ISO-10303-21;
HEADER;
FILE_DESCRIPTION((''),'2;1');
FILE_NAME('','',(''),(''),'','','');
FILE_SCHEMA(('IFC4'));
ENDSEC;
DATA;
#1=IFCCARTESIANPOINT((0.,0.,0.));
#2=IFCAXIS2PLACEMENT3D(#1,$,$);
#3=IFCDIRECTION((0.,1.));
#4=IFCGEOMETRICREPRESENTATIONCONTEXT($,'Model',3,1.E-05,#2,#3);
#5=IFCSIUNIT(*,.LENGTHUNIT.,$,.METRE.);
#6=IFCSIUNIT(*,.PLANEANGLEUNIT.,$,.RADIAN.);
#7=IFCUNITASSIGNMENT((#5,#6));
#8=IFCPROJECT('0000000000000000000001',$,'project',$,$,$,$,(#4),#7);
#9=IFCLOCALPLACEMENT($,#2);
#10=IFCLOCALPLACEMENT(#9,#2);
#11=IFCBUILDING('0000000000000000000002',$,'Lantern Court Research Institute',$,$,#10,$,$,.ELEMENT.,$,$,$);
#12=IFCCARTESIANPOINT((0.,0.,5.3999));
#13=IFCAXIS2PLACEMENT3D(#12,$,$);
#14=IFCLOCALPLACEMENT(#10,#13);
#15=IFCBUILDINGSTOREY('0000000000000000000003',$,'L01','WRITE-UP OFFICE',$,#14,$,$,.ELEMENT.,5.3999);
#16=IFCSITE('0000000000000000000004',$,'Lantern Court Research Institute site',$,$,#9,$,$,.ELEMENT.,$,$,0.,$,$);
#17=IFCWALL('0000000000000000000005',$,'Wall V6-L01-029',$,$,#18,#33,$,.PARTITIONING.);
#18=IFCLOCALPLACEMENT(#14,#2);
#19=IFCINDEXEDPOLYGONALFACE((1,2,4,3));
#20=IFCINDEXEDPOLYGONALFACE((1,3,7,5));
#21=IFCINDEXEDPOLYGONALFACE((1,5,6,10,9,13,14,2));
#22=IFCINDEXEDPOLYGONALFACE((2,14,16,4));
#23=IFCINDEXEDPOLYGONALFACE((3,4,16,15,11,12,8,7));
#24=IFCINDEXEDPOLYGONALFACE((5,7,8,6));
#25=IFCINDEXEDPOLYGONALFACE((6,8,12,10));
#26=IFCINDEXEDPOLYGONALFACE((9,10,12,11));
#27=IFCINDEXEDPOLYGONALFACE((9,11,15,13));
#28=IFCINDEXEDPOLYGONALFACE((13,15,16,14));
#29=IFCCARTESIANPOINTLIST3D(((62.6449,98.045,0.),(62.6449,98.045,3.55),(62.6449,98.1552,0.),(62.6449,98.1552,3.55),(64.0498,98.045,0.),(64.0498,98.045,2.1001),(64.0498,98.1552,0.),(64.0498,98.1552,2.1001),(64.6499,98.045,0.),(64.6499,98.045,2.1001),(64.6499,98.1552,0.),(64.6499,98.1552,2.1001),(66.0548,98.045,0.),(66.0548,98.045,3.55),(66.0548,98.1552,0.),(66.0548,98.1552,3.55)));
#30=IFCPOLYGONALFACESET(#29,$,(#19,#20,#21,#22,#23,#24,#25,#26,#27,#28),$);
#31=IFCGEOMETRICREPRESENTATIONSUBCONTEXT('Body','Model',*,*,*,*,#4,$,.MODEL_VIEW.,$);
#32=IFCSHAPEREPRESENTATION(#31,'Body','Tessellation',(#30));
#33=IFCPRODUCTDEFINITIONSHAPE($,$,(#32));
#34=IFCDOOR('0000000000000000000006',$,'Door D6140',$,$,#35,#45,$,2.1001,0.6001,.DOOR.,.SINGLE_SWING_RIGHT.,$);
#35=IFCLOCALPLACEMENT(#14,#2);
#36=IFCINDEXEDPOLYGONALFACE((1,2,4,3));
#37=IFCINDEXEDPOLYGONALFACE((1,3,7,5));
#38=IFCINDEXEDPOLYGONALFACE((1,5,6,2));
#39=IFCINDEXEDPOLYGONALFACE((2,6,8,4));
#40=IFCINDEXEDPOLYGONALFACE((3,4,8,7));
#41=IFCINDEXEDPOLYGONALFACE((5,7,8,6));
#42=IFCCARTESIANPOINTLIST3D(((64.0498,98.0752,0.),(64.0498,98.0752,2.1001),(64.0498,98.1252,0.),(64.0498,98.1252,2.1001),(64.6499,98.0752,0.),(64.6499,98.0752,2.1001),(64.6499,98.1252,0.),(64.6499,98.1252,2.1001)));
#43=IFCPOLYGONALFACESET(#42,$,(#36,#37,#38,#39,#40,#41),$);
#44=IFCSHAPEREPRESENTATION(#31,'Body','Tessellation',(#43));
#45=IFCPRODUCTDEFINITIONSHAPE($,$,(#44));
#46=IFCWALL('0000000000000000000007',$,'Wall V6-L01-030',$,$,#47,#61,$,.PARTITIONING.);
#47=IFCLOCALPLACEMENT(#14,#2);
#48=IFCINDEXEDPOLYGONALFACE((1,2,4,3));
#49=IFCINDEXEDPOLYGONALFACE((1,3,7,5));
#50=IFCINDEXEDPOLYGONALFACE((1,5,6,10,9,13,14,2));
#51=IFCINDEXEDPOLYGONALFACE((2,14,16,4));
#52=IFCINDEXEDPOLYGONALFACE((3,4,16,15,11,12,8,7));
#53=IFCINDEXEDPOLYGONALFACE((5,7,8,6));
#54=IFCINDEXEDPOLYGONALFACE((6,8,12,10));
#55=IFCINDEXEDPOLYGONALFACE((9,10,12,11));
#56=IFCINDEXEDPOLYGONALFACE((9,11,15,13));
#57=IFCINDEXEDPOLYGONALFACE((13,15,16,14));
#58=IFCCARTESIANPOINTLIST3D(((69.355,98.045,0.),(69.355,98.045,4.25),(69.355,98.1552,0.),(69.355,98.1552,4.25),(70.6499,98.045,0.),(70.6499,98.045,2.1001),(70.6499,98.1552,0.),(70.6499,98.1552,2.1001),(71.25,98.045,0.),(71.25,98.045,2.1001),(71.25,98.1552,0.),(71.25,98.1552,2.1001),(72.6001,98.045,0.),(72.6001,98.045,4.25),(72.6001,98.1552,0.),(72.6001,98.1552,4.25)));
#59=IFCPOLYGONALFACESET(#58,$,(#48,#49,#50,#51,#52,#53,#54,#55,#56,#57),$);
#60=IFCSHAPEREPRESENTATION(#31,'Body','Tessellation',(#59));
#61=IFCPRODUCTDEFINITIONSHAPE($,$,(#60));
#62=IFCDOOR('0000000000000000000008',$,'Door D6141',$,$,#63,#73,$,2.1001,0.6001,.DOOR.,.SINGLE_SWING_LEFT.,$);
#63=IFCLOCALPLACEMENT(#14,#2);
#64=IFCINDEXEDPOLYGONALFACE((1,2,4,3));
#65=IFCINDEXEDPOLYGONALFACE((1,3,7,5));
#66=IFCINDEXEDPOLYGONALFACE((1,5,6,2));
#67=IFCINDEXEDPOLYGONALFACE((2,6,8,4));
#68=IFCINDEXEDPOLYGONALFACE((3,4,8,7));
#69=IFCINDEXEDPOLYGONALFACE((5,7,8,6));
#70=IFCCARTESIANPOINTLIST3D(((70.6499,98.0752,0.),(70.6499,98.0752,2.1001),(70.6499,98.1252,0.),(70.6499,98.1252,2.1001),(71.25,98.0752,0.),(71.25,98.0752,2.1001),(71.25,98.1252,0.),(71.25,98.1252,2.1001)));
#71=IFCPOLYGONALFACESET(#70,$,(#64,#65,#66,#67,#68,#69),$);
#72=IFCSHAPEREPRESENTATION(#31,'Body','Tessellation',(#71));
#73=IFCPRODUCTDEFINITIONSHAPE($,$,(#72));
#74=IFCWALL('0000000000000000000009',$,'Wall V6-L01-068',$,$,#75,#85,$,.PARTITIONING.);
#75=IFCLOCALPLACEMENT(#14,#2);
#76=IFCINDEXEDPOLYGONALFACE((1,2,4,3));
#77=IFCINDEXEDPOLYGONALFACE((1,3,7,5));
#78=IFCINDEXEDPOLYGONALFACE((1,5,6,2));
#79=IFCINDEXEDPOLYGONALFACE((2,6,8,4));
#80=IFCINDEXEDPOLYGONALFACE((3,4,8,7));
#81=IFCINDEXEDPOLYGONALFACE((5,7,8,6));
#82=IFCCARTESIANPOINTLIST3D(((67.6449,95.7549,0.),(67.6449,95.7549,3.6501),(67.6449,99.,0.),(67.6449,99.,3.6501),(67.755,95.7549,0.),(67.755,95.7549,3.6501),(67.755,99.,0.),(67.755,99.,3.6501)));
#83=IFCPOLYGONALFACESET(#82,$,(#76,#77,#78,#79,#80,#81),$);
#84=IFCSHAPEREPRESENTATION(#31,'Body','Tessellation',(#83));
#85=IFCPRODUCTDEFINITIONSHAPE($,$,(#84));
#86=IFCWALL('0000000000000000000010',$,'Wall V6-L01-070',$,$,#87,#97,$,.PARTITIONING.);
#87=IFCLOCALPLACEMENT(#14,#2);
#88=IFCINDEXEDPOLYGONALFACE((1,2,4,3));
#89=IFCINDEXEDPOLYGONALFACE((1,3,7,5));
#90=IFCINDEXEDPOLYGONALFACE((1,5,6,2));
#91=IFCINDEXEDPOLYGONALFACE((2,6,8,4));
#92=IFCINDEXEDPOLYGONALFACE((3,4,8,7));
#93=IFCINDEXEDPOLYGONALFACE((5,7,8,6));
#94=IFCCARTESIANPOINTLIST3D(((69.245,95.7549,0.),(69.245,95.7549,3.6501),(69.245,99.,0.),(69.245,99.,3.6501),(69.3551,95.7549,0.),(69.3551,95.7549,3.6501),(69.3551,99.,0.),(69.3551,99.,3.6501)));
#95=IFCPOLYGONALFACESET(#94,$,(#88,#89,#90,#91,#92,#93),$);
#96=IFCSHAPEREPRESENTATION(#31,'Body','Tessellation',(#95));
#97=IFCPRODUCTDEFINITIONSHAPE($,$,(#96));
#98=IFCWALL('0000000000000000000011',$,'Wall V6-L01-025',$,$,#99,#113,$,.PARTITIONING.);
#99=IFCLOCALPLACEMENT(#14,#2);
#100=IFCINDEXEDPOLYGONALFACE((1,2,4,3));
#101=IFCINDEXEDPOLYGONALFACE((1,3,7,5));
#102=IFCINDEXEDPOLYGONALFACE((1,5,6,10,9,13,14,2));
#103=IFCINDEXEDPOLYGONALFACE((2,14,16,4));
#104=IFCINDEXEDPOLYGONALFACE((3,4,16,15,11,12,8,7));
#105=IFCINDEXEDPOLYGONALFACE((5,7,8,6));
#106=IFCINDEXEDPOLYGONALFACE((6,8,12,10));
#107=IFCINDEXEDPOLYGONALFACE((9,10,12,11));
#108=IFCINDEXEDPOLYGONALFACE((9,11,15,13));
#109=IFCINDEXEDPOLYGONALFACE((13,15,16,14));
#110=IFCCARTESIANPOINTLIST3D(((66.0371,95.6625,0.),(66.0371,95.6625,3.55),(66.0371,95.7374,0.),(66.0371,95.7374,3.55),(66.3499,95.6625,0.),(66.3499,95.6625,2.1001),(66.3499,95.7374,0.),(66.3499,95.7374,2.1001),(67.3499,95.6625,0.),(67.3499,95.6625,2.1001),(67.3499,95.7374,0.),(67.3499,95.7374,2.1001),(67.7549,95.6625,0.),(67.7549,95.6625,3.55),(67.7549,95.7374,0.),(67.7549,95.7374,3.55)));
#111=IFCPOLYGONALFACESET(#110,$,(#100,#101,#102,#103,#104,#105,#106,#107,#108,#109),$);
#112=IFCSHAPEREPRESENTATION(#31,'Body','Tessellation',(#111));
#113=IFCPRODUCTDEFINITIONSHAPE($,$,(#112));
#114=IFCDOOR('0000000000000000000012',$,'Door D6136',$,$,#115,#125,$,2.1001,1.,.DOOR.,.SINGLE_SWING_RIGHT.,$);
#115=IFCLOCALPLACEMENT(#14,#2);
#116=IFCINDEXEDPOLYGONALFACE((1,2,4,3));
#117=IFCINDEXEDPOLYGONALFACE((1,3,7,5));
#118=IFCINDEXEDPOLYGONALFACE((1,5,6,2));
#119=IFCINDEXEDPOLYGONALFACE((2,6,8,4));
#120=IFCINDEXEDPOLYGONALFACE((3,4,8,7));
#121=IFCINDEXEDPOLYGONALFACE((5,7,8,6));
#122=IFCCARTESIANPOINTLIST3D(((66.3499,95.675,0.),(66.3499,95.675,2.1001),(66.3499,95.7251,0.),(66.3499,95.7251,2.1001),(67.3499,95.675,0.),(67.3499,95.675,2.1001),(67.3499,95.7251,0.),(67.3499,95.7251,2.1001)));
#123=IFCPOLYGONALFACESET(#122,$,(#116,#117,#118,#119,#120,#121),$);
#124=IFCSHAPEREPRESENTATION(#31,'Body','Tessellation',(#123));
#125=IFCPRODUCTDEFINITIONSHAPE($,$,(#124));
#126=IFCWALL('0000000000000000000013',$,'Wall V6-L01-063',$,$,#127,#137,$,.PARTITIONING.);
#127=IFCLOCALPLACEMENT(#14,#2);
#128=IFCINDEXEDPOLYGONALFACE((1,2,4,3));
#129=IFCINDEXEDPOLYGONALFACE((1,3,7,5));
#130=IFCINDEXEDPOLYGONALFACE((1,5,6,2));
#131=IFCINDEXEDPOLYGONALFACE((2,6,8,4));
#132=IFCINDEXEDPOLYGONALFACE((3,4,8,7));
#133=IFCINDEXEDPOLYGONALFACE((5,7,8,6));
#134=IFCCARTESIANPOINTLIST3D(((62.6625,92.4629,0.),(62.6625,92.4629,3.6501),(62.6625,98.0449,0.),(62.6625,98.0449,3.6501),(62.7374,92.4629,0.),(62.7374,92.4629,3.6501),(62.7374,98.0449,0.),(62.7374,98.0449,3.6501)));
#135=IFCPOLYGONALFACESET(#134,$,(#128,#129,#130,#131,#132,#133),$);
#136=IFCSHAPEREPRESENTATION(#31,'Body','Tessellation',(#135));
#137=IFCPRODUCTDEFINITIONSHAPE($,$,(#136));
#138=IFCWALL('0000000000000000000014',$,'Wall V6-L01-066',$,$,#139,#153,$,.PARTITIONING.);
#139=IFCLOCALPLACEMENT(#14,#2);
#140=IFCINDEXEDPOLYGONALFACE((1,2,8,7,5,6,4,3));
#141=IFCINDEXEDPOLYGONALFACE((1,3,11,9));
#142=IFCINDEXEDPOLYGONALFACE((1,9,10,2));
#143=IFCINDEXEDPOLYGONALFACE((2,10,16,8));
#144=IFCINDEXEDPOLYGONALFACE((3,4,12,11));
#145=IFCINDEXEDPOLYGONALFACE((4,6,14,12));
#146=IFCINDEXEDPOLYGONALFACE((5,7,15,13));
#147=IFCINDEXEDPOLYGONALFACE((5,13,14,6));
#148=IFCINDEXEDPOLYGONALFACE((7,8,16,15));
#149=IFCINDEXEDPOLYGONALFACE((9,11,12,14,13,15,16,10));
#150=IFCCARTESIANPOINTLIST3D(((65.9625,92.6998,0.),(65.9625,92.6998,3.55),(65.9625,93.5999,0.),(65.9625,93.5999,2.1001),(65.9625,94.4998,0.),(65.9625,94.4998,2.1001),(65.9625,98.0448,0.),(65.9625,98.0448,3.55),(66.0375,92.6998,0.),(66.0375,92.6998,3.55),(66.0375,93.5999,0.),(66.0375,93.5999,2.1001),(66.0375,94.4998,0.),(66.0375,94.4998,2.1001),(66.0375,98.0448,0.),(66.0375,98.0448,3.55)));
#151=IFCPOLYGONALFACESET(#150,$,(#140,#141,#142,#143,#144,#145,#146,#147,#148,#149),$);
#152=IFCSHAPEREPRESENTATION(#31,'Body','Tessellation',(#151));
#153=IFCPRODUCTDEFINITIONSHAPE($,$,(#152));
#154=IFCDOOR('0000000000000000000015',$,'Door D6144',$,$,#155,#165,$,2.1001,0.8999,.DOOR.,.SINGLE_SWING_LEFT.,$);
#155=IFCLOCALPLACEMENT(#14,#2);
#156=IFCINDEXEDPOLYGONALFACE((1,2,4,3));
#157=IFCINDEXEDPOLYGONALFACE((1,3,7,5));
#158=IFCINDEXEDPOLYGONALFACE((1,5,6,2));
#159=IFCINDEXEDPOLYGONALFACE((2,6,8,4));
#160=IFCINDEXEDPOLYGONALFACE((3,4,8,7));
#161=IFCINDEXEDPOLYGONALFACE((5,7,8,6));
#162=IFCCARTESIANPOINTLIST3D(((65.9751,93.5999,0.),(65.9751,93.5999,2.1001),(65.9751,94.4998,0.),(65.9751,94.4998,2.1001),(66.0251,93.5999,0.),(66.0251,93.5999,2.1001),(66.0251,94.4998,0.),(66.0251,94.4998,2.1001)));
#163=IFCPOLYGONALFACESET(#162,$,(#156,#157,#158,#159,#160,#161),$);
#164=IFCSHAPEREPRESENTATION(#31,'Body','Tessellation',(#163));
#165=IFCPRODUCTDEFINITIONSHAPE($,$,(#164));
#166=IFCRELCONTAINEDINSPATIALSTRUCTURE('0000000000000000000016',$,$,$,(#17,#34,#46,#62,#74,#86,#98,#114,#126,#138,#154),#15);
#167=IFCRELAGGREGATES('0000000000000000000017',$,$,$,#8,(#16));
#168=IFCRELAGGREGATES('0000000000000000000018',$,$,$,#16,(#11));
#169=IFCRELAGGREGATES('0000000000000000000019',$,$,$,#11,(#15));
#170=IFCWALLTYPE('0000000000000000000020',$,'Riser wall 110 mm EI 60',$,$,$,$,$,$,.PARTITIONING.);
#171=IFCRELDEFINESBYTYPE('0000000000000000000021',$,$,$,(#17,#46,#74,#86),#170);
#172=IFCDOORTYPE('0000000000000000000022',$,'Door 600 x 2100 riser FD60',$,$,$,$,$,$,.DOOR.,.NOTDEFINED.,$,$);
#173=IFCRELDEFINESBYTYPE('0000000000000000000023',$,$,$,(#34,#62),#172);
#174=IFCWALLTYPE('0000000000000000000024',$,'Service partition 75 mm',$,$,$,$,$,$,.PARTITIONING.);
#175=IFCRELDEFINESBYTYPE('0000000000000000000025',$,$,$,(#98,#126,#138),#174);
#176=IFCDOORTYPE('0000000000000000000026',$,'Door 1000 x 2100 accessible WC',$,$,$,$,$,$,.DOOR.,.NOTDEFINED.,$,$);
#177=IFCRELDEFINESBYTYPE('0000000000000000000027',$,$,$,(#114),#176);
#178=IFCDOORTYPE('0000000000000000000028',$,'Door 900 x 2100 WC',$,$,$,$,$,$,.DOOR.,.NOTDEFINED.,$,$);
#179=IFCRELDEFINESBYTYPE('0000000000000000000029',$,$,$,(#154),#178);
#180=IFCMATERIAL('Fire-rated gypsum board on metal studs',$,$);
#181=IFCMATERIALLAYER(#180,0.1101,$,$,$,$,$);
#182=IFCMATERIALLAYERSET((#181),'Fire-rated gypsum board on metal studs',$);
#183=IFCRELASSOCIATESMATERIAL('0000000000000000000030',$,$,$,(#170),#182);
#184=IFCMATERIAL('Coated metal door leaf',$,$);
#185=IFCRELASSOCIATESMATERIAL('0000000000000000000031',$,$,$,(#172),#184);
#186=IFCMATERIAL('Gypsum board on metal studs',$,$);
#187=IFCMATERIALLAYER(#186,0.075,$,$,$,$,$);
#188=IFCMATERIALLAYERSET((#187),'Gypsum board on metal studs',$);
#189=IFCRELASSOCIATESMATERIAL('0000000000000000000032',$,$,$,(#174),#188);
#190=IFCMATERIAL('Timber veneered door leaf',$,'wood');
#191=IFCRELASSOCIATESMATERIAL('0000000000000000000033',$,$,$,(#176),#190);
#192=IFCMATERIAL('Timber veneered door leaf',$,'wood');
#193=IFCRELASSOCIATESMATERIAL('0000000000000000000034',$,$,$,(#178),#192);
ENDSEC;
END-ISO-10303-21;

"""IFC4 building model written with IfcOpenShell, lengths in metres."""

from ifc_helpers import new_model, si_unit, direction, frame, frame_2d, origin, place, context, subcontext, project, spatial, rectangle, extrude, material, layer, layer_set, type_object, element, fill, save


model = new_model("IFC4")

# Units and contexts
model_context = context("Model", 3, precision=1e-05, world=origin(), true_north=direction((0.0, 1.0)))
body_context = subcontext(model_context, "Body", "Model", "MODEL_VIEW")
ifc_project = project(units=[si_unit("LENGTHUNIT", "METRE"), si_unit("PLANEANGLEUNIT", "RADIAN")], contexts=[model_context])

# Site, building, storey
site_placement = place(None, origin())
site = spatial("IfcSite", under=ifc_project, at=site_placement, Name="Lantern Court Research Institute site", CompositionType="ELEMENT", RefElevation=0.0)
building_placement = place(site_placement, origin())
building = spatial("IfcBuilding", under=site, at=building_placement, Name="Lantern Court Research Institute", CompositionType="ELEMENT")
storey_placement = place(building_placement, frame((0.0, 0.0, 5.3999)))
storey = spatial("IfcBuildingStorey", under=building, at=storey_placement, Name="L01", Description="WRITE-UP OFFICE", CompositionType="ELEMENT", Elevation=5.3999)

# Walls, openings, doors
ifc_material_1 = material(Name="Fire-rated gypsum board on metal studs")
ifc_layer_1 = layer(ifc_material_1, 0.1101)
ifc_layer_set_1 = layer_set([ifc_layer_1], Name="Fire-rated gypsum board on metal studs")
wall_type_1 = type_object("IfcWallType", Name="Riser wall 110 mm EI 60", PredefinedType="PARTITIONING", material=ifc_layer_set_1)
wall_1_placement = place(storey_placement, frame((66.0549, 98.1001, 0.0), z_axis=(0.0, 0.0, 1.0), x_axis=(-1.0, 0.0, 0.0)))
wall_1 = element("IfcWall", 1, at=wall_1_placement, inside=storey, type_object=wall_type_1, Name="Wall V6-L01-029", PredefinedType="PARTITIONING", context=body_context, shape_type="SweptSolid", body=[
    extrude(rectangle(XDim=3.4099, YDim=0.1101, at=frame_2d((1.7051, 0.0))), origin(), (0.0, 0.0, 1.0), 3.55),
])
opening_1_placement = place(wall_1_placement, frame((1.405, 0.0, 0.0)))
opening_1 = element("IfcOpeningElement", 2, at=opening_1_placement, cuts=wall_1, PredefinedType="OPENING", context=body_context, shape_type="SweptSolid", body=[
    extrude(rectangle(XDim=0.6001, YDim=2.1001, at=frame_2d((0.3, 1.05))), frame((0.0, 0.0649, 0.0), z_axis=(0.0, -1.0, 0.0), x_axis=(1.0, 0.0, 0.0)), (0.0, 0.0, 1.0), 0.1301),
])
ifc_material_2 = material(Name="Coated metal door leaf")
door_type_1 = type_object("IfcDoorType", Name="Door 600 x 2100 riser FD60", OperationType="NOTDEFINED", PredefinedType="DOOR", material=ifc_material_2)
door_1_placement = place(opening_1_placement, origin())
door_1 = element("IfcDoor", 3, at=door_1_placement, inside=storey, type_object=door_type_1, Name="Door D6140", OperationType="SINGLE_SWING_RIGHT", OverallHeight=2.1001, OverallWidth=0.6001, PredefinedType="DOOR", context=body_context, shape_type="SweptSolid", body=[
    extrude(rectangle(XDim=0.6001, YDim=2.1001, at=frame_2d((0.3, 1.05))), frame((0.0, 0.0249, 0.0), z_axis=(0.0, -1.0, 0.0), x_axis=(1.0, 0.0, 0.0)), (0.0, 0.0, 1.0), 0.05),
])
fill(opening_1, door_1)
wall_2_placement = place(storey_placement, frame((72.6001, 98.1001, 0.0), z_axis=(0.0, 0.0, 1.0), x_axis=(-1.0, 0.0, 0.0)))
wall_2 = element("IfcWall", 4, at=wall_2_placement, inside=storey, type_object=wall_type_1, Name="Wall V6-L01-030", PredefinedType="PARTITIONING", context=body_context, shape_type="SweptSolid", body=[
    extrude(rectangle(XDim=3.2451, YDim=0.1101, at=frame_2d((1.6226, 0.0))), origin(), (0.0, 0.0, 1.0), 4.25),
])
opening_2_placement = place(wall_2_placement, frame((1.3501, 0.0, 0.0)))
opening_2 = element("IfcOpeningElement", 5, at=opening_2_placement, cuts=wall_2, PredefinedType="OPENING", context=body_context, shape_type="SweptSolid", body=[
    extrude(rectangle(XDim=0.6001, YDim=2.1001, at=frame_2d((0.3, 1.05))), frame((0.0, 0.0649, 0.0), z_axis=(0.0, -1.0, 0.0), x_axis=(1.0, 0.0, 0.0)), (0.0, 0.0, 1.0), 0.1301),
])
door_2_placement = place(opening_2_placement, origin())
door_2 = element("IfcDoor", 6, at=door_2_placement, inside=storey, type_object=door_type_1, Name="Door D6141", OperationType="SINGLE_SWING_LEFT", OverallHeight=2.1001, OverallWidth=0.6001, PredefinedType="DOOR", context=body_context, shape_type="SweptSolid", body=[
    extrude(rectangle(XDim=0.6001, YDim=2.1001, at=frame_2d((0.3, 1.05))), frame((0.0, 0.0249, 0.0), z_axis=(0.0, -1.0, 0.0), x_axis=(1.0, 0.0, 0.0)), (0.0, 0.0, 1.0), 0.05),
])
fill(opening_2, door_2)

# Walls
for number, where, z_axis, x_axis, name in (
    (7, (67.7, 95.7549, 0.0), (0.0, 0.0, 1.0), (0.0, 1.0, 0.0), "Wall V6-L01-068"),
    (8, (69.3, 95.7549, 0.0), (0.0, 0.0, 1.0), (0.0, 1.0, 0.0), "Wall V6-L01-070"),
):
    element("IfcWall", number, at=place(storey_placement, frame(where, z_axis=z_axis, x_axis=x_axis)), inside=storey, type_object=wall_type_1, Name=name, PredefinedType="PARTITIONING", context=body_context, shape_type="SweptSolid", body=[
        extrude(rectangle(XDim=3.2451, YDim=0.1101, at=frame_2d((1.6226, 0.0))), origin(), (0.0, 0.0, 1.0), 3.6501),
    ])

# Wall, opening, door
ifc_material_3 = material(Name="Gypsum board on metal studs")
ifc_layer_2 = layer(ifc_material_3, 0.075)
ifc_layer_set_2 = layer_set([ifc_layer_2], Name="Gypsum board on metal studs")
wall_type_2 = type_object("IfcWallType", Name="Service partition 75 mm", PredefinedType="PARTITIONING", material=ifc_layer_set_2)
wall_3_placement = place(storey_placement, frame((67.7549, 95.7, 0.0), z_axis=(0.0, 0.0, 1.0), x_axis=(-1.0, 0.0, 0.0)))
wall_3 = element("IfcWall", 9, at=wall_3_placement, inside=storey, type_object=wall_type_2, Name="Wall V6-L01-025", PredefinedType="PARTITIONING", context=body_context, shape_type="SweptSolid", body=[
    extrude(rectangle(XDim=1.7178, YDim=0.075, at=frame_2d((0.8589, 0.0))), origin(), (0.0, 0.0, 1.0), 3.55),
])
opening_3_placement = place(wall_3_placement, frame((0.405, 0.0, 0.0)))
opening_3 = element("IfcOpeningElement", 10, at=opening_3_placement, cuts=wall_3, PredefinedType="OPENING", context=body_context, shape_type="SweptSolid", body=[
    extrude(rectangle(XDim=1.0, YDim=2.1001, at=frame_2d((0.5, 1.05))), frame((0.0, 0.0474, 0.0), z_axis=(0.0, -1.0, 0.0), x_axis=(1.0, 0.0, 0.0)), (0.0, 0.0, 1.0), 0.095),
])
ifc_material_4 = material(Name="Timber veneered door leaf", Category="wood")
door_type_2 = type_object("IfcDoorType", Name="Door 1000 x 2100 accessible WC", OperationType="NOTDEFINED", PredefinedType="DOOR", material=ifc_material_4)
door_3_placement = place(opening_3_placement, origin())
door_3 = element("IfcDoor", 11, at=door_3_placement, inside=storey, type_object=door_type_2, Name="Door D6136", OperationType="SINGLE_SWING_RIGHT", OverallHeight=2.1001, OverallWidth=1.0, PredefinedType="DOOR", context=body_context, shape_type="SweptSolid", body=[
    extrude(rectangle(XDim=1.0, YDim=2.1001, at=frame_2d((0.5, 1.05))), frame((0.0, 0.0249, 0.0), z_axis=(0.0, -1.0, 0.0), x_axis=(1.0, 0.0, 0.0)), (0.0, 0.0, 1.0), 0.05),
])
fill(opening_3, door_3)

# Wall
wall_4_placement = place(storey_placement, frame((62.7, 92.4629, 0.0), z_axis=(0.0, 0.0, 1.0), x_axis=(0.0, 1.0, 0.0)))
element("IfcWall", 12, at=wall_4_placement, inside=storey, type_object=wall_type_2, Name="Wall V6-L01-063", PredefinedType="PARTITIONING", context=body_context, shape_type="SweptSolid", body=[
    extrude(rectangle(XDim=5.582, YDim=0.075, at=frame_2d((2.791, 0.0))), origin(), (0.0, 0.0, 1.0), 3.6501),
])

# Wall, opening, door
wall_5_placement = place(storey_placement, frame((66.0, 92.7, 0.0), z_axis=(0.0, 0.0, 1.0), x_axis=(0.0, 1.0, 0.0)))
wall_5 = element("IfcWall", 13, at=wall_5_placement, inside=storey, type_object=wall_type_2, Name="Wall V6-L01-066", PredefinedType="PARTITIONING", context=body_context, shape_type="SweptSolid", body=[
    extrude(rectangle(XDim=5.345, YDim=0.075, at=frame_2d((2.6724, 0.0))), origin(), (0.0, 0.0, 1.0), 3.55),
])
opening_4_placement = place(wall_5_placement, frame((0.8999, 0.0, 0.0)))
opening_4 = element("IfcOpeningElement", 14, at=opening_4_placement, cuts=wall_5, PredefinedType="OPENING", context=body_context, shape_type="SweptSolid", body=[
    extrude(rectangle(XDim=0.8999, YDim=2.1001, at=frame_2d((0.45, 1.05))), frame((0.0, 0.0474, 0.0), z_axis=(0.0, -1.0, 0.0), x_axis=(1.0, 0.0, 0.0)), (0.0, 0.0, 1.0), 0.095),
])
ifc_material_5 = material(Name="Timber veneered door leaf", Category="wood")
door_type_3 = type_object("IfcDoorType", Name="Door 900 x 2100 WC", OperationType="NOTDEFINED", PredefinedType="DOOR", material=ifc_material_5)
door_4_placement = place(opening_4_placement, origin())
door_4 = element("IfcDoor", 15, at=door_4_placement, inside=storey, type_object=door_type_3, Name="Door D6144", OperationType="SINGLE_SWING_LEFT", OverallHeight=2.1001, OverallWidth=0.8999, PredefinedType="DOOR", context=body_context, shape_type="SweptSolid", body=[
    extrude(rectangle(XDim=0.8999, YDim=2.1001, at=frame_2d((0.45, 1.05))), frame((0.0, 0.0249, 0.0), z_axis=(0.0, -1.0, 0.0), x_axis=(1.0, 0.0, 0.0)), (0.0, 0.0, 1.0), 0.05),
])
fill(opening_4, door_4)

save(model, "model.ifc")
